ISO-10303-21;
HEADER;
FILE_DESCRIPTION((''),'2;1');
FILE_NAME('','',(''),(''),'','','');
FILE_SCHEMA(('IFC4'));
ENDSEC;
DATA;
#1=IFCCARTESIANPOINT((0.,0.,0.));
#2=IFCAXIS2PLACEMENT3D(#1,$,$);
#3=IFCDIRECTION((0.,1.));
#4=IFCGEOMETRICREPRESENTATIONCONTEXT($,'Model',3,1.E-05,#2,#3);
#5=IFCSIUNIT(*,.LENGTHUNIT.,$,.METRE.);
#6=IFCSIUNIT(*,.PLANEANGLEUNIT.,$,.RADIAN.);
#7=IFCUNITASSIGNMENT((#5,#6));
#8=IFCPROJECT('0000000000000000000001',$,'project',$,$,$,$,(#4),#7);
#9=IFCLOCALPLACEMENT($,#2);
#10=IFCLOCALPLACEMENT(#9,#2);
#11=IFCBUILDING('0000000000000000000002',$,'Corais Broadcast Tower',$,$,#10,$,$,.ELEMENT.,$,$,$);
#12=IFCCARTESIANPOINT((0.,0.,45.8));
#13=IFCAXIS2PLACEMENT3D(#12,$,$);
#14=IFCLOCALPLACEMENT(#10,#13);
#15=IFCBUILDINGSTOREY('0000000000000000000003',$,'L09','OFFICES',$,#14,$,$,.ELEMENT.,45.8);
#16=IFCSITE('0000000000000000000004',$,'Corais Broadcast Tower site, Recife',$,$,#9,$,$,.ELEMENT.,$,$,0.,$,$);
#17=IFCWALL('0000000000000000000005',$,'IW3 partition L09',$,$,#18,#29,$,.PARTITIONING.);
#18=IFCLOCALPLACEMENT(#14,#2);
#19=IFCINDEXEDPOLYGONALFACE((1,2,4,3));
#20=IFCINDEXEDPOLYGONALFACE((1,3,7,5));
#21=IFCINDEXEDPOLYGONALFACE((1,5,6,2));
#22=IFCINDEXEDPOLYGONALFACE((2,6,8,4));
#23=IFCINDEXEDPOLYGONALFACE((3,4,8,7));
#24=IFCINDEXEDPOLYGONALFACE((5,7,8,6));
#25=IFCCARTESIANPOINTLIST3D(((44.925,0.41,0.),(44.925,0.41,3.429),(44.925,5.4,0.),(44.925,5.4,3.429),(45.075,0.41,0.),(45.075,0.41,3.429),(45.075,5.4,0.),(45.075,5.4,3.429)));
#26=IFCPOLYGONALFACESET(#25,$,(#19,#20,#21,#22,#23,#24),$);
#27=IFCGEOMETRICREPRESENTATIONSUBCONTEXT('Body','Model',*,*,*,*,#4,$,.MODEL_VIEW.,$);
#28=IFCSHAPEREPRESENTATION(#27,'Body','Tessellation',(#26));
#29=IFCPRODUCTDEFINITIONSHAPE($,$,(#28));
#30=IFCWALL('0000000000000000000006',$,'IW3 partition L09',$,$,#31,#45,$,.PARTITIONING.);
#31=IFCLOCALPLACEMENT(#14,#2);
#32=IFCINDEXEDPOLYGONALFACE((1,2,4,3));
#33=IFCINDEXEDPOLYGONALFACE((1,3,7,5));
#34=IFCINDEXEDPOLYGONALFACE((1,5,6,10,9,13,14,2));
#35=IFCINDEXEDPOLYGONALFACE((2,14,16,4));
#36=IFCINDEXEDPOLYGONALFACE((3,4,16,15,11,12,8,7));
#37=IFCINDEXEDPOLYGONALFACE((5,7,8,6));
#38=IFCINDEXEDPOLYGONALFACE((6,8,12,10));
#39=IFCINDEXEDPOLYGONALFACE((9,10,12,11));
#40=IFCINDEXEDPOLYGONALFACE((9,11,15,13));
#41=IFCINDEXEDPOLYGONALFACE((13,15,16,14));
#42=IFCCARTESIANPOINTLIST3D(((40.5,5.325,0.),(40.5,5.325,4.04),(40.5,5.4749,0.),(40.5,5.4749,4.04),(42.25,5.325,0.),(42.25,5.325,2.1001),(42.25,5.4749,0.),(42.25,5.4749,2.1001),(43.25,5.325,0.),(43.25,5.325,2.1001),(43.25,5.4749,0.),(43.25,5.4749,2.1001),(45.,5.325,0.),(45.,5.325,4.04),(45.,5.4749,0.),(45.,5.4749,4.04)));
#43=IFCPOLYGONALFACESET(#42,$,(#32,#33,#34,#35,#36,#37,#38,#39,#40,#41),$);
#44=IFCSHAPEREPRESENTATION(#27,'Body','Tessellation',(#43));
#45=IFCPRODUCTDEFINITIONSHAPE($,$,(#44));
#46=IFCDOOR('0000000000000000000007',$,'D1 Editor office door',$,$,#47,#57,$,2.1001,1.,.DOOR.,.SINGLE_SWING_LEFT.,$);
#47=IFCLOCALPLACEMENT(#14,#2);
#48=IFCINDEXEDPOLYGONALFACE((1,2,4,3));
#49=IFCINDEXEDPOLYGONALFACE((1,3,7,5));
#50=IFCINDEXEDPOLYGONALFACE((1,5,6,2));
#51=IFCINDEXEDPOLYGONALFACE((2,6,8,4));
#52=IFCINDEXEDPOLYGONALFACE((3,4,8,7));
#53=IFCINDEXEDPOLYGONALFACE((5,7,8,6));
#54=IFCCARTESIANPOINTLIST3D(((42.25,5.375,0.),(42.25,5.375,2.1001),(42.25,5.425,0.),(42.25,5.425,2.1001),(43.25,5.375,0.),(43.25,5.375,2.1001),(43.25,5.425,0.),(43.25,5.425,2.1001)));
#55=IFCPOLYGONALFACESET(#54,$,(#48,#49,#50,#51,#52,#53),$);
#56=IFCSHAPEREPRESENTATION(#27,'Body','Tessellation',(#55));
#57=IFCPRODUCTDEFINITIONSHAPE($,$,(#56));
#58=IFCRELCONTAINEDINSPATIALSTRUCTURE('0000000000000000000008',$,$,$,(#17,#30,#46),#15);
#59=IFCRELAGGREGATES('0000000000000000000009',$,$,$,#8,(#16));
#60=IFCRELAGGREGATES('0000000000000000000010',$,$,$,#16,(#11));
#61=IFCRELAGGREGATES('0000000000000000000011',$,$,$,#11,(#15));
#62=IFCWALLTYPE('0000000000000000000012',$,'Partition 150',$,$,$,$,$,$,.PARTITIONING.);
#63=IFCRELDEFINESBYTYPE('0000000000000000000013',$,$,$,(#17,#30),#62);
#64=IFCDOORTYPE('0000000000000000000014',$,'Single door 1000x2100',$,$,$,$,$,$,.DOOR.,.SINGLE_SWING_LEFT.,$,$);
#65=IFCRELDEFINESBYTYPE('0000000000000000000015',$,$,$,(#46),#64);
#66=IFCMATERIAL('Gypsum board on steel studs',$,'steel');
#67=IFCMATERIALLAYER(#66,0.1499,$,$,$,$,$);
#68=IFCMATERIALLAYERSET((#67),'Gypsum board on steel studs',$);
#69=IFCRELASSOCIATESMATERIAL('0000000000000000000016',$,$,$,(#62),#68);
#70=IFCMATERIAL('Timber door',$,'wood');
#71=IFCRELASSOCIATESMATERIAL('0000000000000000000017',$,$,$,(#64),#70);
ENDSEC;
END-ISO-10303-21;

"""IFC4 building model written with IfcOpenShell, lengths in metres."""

from ifc_helpers import new_model, si_unit, direction, frame, frame_2d, origin, place, context, subcontext, project, spatial, rectangle, extrude, material, layer, layer_set, type_object, element, fill, save


model = new_model("IFC4")

# Units and contexts
model_context = context("Model", 3, precision=1e-05, world=origin(), true_north=direction((0.0, 1.0)))
body_context = subcontext(model_context, "Body", "Model", "MODEL_VIEW")
ifc_project = project(units=[si_unit("LENGTHUNIT", "METRE"), si_unit("PLANEANGLEUNIT", "RADIAN")], contexts=[model_context])

# Site, building, storey
site_placement = place(None, origin())
site = spatial("IfcSite", under=ifc_project, at=site_placement, Name="Corais Broadcast Tower site, Recife", CompositionType="ELEMENT", RefElevation=0.0)
building_placement = place(site_placement, origin())
building = spatial("IfcBuilding", under=site, at=building_placement, Name="Corais Broadcast Tower", CompositionType="ELEMENT")
storey_placement = place(building_placement, frame((0.0, 0.0, 45.8)))
storey = spatial("IfcBuildingStorey", under=building, at=storey_placement, Name="L09", Description="OFFICES", CompositionType="ELEMENT", Elevation=45.8)

# Wall
ifc_material_1 = material(Name="Gypsum board on steel studs", Category="steel")
ifc_layer_1 = layer(ifc_material_1, 0.1499)
ifc_layer_set_1 = layer_set([ifc_layer_1], Name="Gypsum board on steel studs")
wall_type = type_object("IfcWallType", Name="Partition 150", PredefinedType="PARTITIONING", material=ifc_layer_set_1)
wall_1_placement = place(storey_placement, frame((45.0, 0.4099, 0.0), z_axis=(0.0, 0.0, 1.0), x_axis=(0.0, 1.0, 0.0)))
element("IfcWall", 1, at=wall_1_placement, inside=storey, type_object=wall_type, Name="IW3 partition L09", PredefinedType="PARTITIONING", context=body_context, shape_type="SweptSolid", body=[
    extrude(rectangle(XDim=4.99, YDim=0.1499, at=frame_2d((2.4951, 0.0))), origin(), (0.0, 0.0, 1.0), 3.429),
])

# Wall, opening, door
wall_2_placement = place(storey_placement, frame((45.0, 5.3999, 0.0), z_axis=(0.0, 0.0, 1.0), x_axis=(-1.0, 0.0, 0.0)))
wall_2 = element("IfcWall", 2, at=wall_2_placement, inside=storey, type_object=wall_type, Name="IW3 partition L09", PredefinedType="PARTITIONING", context=body_context, shape_type="SweptSolid", body=[
    extrude(rectangle(XDim=4.5, YDim=0.1499, at=frame_2d((2.25, 0.0))), origin(), (0.0, 0.0, 1.0), 4.04),
])
opening_placement = place(wall_2_placement, frame((1.75, 0.0, 0.0)))
opening = element("IfcOpeningElement", 3, at=opening_placement, cuts=wall_2, PredefinedType="OPENING", context=body_context, shape_type="SweptSolid", body=[
    extrude(rectangle(XDim=1.0, YDim=2.1001, at=frame_2d((0.5, 1.05))), frame((0.0, 0.085, 0.0), z_axis=(0.0, -1.0, 0.0), x_axis=(1.0, 0.0, 0.0)), (0.0, 0.0, 1.0), 0.1699),
])
ifc_material_2 = material(Name="Timber door", Category="wood")
door_type = type_object("IfcDoorType", Name="Single door 1000x2100", OperationType="SINGLE_SWING_LEFT", PredefinedType="DOOR", material=ifc_material_2)
door_placement = place(opening_placement, origin())
door = element("IfcDoor", 4, at=door_placement, inside=storey, type_object=door_type, Name="D1 Editor office door", OperationType="SINGLE_SWING_LEFT", OverallHeight=2.1001, OverallWidth=1.0, PredefinedType="DOOR", context=body_context, shape_type="SweptSolid", body=[
    extrude(rectangle(XDim=1.0, YDim=2.1001, at=frame_2d((0.5, 1.05))), frame((0.0, 0.0249, 0.0), z_axis=(0.0, -1.0, 0.0), x_axis=(1.0, 0.0, 0.0)), (0.0, 0.0, 1.0), 0.05),
])
fill(opening, door)

save(model, "model.ifc")
